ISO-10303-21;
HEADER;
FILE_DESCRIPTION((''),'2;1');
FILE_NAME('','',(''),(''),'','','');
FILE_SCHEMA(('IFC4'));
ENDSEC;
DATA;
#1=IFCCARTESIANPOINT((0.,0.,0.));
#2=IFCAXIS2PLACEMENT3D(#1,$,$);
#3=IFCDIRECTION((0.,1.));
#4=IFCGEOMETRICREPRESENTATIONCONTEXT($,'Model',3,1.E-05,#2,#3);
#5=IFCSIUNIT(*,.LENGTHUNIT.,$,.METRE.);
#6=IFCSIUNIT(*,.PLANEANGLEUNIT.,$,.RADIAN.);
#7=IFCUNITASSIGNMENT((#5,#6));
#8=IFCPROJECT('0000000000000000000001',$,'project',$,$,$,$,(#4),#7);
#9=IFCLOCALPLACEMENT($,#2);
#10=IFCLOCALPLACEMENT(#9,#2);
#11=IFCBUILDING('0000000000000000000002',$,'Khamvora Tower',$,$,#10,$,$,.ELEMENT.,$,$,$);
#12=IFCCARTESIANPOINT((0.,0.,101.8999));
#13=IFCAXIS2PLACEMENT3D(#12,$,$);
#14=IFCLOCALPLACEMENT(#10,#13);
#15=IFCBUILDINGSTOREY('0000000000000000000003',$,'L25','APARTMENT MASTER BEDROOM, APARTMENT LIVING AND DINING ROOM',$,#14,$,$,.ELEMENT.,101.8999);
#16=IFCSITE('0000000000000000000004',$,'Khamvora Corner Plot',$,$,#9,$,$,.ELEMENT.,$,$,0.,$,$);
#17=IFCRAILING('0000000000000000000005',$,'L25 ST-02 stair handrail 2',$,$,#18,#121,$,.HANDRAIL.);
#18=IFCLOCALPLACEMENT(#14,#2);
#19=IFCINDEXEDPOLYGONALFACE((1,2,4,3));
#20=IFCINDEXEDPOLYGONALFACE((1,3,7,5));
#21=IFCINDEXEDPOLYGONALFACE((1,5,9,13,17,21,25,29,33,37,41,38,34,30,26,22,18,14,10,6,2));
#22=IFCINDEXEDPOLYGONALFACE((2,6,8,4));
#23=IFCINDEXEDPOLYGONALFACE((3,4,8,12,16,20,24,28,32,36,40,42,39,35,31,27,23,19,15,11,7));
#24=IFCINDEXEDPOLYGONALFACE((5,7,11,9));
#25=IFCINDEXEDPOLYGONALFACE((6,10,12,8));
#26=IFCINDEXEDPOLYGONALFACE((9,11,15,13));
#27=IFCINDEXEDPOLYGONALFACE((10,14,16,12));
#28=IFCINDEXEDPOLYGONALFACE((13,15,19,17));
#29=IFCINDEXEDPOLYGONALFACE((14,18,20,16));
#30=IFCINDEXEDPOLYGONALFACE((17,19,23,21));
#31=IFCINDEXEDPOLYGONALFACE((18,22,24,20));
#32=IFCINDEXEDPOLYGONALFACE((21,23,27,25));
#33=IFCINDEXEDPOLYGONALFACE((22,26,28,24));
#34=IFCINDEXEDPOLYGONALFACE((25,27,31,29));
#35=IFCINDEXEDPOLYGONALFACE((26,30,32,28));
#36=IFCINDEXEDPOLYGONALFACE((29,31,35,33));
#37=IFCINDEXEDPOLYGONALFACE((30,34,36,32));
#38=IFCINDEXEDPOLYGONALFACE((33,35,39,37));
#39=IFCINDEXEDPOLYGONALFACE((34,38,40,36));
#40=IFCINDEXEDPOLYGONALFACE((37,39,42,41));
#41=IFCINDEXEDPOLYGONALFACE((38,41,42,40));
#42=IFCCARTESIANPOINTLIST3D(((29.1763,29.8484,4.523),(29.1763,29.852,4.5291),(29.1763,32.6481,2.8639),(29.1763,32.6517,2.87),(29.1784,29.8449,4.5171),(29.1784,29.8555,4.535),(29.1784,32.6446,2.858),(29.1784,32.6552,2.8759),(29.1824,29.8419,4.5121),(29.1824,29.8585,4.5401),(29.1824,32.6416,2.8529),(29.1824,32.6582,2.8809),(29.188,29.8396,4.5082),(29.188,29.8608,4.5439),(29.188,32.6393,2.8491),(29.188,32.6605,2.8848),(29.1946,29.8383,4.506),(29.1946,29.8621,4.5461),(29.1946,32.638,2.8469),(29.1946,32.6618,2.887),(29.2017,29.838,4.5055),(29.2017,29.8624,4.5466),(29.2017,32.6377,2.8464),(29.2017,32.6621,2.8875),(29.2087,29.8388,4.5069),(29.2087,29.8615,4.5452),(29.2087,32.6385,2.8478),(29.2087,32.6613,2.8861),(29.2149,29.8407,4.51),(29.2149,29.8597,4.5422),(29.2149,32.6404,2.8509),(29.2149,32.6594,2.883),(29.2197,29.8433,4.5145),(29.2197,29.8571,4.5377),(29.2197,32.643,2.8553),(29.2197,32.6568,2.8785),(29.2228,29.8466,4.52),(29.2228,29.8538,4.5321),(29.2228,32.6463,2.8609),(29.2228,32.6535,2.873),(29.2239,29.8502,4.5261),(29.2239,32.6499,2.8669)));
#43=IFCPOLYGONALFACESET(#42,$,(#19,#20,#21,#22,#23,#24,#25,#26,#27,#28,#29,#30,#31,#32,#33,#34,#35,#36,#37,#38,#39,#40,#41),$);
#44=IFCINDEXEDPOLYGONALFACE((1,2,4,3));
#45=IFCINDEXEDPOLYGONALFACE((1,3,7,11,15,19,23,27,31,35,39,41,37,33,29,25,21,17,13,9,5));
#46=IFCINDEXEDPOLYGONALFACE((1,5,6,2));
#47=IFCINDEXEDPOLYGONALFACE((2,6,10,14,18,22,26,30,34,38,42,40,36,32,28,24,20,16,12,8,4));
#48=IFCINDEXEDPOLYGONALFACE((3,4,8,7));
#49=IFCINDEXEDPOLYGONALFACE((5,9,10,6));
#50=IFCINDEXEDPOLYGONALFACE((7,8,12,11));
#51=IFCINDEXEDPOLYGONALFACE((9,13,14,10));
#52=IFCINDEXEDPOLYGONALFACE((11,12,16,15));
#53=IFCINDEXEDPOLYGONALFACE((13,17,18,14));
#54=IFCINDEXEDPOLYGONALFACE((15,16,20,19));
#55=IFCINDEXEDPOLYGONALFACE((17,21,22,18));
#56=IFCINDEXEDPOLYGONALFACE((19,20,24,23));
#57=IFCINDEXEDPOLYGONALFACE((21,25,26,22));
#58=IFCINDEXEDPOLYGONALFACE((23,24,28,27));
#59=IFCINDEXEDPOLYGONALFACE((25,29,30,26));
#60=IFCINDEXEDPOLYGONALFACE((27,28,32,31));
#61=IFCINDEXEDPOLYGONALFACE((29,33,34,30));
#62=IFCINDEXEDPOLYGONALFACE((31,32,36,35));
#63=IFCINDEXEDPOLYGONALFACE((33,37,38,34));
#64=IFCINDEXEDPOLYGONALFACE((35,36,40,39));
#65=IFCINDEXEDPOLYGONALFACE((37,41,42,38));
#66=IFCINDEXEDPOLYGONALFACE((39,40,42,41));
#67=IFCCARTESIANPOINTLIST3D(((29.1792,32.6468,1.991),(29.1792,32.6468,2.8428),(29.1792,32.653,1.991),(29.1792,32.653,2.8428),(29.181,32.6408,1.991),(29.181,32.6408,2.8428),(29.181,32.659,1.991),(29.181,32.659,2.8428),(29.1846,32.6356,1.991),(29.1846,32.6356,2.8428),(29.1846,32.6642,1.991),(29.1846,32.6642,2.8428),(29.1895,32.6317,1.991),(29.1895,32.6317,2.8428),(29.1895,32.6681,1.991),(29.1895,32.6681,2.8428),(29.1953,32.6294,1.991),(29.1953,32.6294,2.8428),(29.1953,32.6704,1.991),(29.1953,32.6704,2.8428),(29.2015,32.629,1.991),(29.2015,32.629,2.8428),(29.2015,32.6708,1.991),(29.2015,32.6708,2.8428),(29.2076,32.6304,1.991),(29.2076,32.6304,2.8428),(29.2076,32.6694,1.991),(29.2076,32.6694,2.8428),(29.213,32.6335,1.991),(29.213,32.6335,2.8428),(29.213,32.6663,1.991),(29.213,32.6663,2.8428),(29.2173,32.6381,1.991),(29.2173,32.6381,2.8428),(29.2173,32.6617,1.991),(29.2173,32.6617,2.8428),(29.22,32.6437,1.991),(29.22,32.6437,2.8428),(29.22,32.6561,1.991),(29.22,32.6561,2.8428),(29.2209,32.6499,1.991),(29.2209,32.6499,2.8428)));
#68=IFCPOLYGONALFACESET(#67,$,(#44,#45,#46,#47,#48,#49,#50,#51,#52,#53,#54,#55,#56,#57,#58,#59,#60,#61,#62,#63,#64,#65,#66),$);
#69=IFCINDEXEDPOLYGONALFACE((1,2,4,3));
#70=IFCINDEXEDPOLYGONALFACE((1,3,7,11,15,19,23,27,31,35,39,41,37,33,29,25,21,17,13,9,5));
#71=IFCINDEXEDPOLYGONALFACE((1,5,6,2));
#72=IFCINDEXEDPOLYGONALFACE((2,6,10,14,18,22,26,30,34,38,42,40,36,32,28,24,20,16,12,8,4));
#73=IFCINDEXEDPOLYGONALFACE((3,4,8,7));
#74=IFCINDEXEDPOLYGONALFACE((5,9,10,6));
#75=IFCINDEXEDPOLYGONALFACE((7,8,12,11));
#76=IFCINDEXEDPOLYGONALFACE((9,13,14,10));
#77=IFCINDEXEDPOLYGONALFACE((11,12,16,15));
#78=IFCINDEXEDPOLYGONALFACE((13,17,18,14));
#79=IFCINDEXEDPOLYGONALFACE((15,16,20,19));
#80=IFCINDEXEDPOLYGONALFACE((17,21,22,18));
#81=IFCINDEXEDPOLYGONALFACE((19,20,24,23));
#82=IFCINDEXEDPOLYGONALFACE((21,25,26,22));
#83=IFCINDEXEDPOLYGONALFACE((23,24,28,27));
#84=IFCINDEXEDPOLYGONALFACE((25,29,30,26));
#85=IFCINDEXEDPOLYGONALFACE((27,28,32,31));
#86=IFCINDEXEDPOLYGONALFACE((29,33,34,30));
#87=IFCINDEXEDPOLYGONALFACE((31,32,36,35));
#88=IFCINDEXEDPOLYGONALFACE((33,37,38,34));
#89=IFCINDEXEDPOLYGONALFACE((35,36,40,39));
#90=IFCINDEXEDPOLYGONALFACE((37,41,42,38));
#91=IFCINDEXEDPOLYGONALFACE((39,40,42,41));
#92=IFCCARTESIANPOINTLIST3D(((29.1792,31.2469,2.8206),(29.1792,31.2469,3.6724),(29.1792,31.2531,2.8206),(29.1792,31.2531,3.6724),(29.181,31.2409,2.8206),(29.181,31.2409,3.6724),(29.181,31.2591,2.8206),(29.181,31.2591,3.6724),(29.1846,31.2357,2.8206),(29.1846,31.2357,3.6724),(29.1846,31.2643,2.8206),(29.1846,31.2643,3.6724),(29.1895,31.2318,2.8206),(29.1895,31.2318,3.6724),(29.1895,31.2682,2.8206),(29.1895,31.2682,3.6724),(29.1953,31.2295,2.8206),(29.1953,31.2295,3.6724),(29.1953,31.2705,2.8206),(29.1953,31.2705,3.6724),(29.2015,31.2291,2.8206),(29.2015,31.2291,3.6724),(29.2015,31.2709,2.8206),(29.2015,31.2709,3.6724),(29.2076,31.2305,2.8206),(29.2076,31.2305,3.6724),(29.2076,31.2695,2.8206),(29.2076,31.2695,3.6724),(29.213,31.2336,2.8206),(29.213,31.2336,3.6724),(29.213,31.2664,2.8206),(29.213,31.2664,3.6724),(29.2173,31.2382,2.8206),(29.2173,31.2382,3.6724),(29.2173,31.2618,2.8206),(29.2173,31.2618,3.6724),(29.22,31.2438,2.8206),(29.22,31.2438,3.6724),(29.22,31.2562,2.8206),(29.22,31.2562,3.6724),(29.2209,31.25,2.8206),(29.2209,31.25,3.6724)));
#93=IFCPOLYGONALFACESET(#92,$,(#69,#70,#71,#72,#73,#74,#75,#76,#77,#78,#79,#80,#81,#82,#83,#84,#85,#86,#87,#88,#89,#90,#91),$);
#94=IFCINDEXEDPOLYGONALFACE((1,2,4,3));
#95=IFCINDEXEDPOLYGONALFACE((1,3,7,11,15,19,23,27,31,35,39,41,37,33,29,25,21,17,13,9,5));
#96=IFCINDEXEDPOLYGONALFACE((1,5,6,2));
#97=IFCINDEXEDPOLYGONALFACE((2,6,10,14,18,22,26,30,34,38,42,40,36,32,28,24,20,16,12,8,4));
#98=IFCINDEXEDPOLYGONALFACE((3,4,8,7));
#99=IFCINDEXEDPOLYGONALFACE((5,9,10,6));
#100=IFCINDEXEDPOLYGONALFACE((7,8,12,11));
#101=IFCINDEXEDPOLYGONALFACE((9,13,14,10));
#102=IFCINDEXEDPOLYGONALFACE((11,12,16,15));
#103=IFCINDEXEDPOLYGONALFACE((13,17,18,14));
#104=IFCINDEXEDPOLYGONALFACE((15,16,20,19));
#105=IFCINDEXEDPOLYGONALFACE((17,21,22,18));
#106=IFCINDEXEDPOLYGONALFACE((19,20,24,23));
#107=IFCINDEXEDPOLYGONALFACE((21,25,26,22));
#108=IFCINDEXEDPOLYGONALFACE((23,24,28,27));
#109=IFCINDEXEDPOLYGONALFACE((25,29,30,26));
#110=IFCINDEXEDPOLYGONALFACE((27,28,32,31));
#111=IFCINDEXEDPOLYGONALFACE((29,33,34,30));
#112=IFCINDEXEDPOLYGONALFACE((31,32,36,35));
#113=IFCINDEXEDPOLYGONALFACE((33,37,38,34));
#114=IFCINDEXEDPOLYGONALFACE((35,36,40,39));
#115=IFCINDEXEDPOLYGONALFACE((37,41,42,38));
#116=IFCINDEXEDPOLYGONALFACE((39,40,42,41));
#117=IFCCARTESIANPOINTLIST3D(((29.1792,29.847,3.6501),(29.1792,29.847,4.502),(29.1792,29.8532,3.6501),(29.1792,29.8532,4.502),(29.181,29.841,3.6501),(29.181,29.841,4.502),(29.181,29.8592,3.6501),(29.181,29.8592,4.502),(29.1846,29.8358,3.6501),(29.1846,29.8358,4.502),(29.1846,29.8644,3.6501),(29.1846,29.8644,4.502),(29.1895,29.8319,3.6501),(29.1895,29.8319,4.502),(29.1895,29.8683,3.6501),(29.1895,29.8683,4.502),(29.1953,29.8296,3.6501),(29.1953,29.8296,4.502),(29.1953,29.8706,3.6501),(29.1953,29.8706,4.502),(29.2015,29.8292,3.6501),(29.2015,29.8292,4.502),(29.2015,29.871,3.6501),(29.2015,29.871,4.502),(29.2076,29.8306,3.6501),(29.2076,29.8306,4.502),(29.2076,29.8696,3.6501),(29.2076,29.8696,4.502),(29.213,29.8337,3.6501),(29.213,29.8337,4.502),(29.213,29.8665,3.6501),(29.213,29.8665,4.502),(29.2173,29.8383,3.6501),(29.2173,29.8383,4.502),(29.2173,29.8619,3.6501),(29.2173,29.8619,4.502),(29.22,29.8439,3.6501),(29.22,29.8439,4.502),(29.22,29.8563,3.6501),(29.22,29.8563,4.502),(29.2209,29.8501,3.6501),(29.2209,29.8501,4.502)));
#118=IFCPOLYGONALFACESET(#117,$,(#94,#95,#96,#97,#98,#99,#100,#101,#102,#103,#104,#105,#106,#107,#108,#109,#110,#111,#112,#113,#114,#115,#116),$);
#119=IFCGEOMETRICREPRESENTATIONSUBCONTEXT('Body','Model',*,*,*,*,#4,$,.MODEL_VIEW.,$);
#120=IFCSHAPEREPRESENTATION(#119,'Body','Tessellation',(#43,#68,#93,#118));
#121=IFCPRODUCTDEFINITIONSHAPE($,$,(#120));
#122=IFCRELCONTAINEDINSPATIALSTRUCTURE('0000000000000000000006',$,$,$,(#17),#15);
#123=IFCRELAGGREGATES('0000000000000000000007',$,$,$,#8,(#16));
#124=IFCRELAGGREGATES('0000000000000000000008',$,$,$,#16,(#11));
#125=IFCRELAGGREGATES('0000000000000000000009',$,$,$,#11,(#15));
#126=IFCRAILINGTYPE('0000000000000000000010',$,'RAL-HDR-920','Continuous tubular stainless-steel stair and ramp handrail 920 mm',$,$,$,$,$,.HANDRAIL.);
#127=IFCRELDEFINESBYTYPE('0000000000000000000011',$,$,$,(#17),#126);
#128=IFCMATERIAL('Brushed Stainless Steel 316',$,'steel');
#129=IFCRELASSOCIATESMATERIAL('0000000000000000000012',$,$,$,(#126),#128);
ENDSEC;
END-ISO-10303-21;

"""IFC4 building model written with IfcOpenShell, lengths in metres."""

from ifc_helpers import new_model, si_unit, direction, frame, origin, origin_2d, place, context, subcontext, project, spatial, circle, extrude, material, type_object, element, save


model = new_model("IFC4")

# Units and contexts
model_context = context("Model", 3, precision=1e-05, world=origin(), true_north=direction((0.0, 1.0)))
body_context = subcontext(model_context, "Body", "Model", "MODEL_VIEW")
ifc_project = project(units=[si_unit("LENGTHUNIT", "METRE"), si_unit("PLANEANGLEUNIT", "RADIAN")], contexts=[model_context])

# Site, building, storey
site_placement = place(None, origin())
site = spatial("IfcSite", under=ifc_project, at=site_placement, Name="Khamvora Corner Plot", CompositionType="ELEMENT", RefElevation=0.0)
building_placement = place(site_placement, origin())
building = spatial("IfcBuilding", under=site, at=building_placement, Name="Khamvora Tower", CompositionType="ELEMENT")
storey_placement = place(building_placement, frame((0.0, 0.0, 101.8999)))
storey = spatial("IfcBuildingStorey", under=building, at=storey_placement, Name="L25", Description="APARTMENT MASTER BEDROOM, APARTMENT LIVING AND DINING ROOM", CompositionType="ELEMENT", Elevation=101.8999)

# Railing
ifc_material_1 = material(Name="Brushed Stainless Steel 316", Category="steel")
railing_type_1 = type_object("IfcRailingType", Name="RAL-HDR-920", Description="Continuous tubular stainless-steel stair and ramp handrail 920 mm", PredefinedType="HANDRAIL", material=ifc_material_1)
railing_1_placement = place(storey_placement, frame((29.2, 32.6499, 1.991)))
element("IfcRailing", 1, at=railing_1_placement, inside=storey, type_object=railing_type_1, Name="L25 ST-02 stair handrail 2", PredefinedType="HANDRAIL", context=body_context, shape_type="SweptSolid", body=[
    extrude(circle(Radius=0.0239, at=origin_2d()), frame((0.0, 0.0, 0.876), z_axis=(0.0, -0.860287, 0.509811), x_axis=(1.0, 0.0, 0.0)), (0.0, 0.0, 1.0), 3.2544),
    extrude(circle(Radius=0.021, at=origin_2d()), origin(), (0.0, 0.0, 1.0), 0.8518),
    extrude(circle(Radius=0.021, at=origin_2d()), frame((0.0, -1.3999, 0.8296)), (0.0, 0.0, 1.0), 0.8518),
    extrude(circle(Radius=0.021, at=origin_2d()), frame((0.0, -2.7998, 1.6592)), (0.0, 0.0, 1.0), 0.8518),
])

save(model, "model.ifc")
